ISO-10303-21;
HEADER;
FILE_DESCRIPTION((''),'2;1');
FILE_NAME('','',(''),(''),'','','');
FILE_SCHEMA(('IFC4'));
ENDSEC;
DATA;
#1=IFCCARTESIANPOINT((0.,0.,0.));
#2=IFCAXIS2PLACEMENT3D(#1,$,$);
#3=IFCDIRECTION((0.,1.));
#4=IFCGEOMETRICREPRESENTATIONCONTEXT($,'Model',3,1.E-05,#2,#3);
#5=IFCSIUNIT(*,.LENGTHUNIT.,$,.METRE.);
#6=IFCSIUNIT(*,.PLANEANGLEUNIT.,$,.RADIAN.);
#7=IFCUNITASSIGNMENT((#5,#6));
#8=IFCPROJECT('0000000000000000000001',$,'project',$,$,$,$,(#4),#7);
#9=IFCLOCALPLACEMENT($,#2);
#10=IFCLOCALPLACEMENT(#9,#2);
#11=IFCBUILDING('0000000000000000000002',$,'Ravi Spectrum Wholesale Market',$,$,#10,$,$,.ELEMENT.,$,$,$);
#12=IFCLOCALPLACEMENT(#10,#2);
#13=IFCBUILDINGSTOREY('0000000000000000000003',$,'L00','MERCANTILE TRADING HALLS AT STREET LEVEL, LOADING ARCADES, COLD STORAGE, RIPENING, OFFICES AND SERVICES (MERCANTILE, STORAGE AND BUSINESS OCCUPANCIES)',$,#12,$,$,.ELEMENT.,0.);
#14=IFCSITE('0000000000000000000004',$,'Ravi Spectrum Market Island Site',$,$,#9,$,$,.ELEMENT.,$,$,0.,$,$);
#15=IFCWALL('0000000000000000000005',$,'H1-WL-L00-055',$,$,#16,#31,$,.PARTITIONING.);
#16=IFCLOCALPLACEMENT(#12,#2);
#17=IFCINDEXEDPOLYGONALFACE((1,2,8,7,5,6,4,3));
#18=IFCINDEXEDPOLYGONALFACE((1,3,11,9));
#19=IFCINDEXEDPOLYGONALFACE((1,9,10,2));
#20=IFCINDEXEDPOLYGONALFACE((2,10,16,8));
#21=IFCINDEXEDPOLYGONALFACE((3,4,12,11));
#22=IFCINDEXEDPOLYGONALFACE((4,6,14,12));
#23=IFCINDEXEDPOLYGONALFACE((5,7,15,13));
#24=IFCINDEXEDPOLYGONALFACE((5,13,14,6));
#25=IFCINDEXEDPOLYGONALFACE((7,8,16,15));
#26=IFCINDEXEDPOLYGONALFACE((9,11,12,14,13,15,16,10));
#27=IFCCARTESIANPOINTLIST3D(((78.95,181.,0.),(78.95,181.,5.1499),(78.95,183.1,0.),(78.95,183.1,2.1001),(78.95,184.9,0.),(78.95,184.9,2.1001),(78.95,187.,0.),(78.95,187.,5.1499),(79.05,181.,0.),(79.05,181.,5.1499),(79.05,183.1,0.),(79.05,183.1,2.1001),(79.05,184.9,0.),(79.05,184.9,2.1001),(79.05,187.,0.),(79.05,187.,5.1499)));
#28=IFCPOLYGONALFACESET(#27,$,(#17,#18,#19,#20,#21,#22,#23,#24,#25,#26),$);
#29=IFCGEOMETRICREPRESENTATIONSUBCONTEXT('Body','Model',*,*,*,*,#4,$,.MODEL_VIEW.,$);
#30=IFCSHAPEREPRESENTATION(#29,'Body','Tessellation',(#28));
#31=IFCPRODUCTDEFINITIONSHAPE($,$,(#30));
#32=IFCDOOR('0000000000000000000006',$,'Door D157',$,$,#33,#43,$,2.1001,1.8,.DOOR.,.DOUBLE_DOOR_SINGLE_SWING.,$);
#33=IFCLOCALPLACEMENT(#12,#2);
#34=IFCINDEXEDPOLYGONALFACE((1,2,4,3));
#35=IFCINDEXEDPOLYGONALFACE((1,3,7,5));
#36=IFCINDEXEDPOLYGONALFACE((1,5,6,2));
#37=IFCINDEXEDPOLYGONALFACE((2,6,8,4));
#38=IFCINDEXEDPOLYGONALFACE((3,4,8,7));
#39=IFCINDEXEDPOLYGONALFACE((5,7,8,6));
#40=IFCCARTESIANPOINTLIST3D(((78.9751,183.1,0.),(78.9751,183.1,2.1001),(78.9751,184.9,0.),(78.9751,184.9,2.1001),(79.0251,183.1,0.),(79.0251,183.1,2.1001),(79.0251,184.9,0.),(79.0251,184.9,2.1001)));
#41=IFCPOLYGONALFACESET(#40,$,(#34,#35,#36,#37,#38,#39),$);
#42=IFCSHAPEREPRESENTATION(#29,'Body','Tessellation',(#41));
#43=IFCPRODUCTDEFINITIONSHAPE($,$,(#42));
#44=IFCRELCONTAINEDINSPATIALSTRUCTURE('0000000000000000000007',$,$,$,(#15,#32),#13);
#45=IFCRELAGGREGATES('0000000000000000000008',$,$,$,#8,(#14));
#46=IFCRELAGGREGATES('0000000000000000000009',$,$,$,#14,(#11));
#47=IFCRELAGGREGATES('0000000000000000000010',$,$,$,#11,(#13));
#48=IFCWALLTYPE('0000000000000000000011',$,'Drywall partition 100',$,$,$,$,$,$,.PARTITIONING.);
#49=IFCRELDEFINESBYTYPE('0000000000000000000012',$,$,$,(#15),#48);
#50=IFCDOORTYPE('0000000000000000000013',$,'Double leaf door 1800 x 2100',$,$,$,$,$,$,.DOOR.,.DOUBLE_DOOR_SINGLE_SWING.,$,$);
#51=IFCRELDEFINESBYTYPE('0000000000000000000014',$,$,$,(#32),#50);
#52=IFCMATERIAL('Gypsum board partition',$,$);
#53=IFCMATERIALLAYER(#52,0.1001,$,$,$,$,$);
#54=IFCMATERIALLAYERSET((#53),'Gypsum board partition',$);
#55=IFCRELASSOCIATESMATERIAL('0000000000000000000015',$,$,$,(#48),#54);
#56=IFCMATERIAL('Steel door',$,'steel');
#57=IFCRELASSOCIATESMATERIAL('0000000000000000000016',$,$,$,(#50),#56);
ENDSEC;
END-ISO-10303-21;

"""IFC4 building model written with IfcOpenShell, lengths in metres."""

from ifc_helpers import new_model, si_unit, direction, frame, frame_2d, origin, place, context, subcontext, project, spatial, rectangle, extrude, material, layer, layer_set, type_object, element, fill, save


model = new_model("IFC4")

# Units and contexts
model_context = context("Model", 3, precision=1e-05, world=origin(), true_north=direction((0.0, 1.0)))
body_context = subcontext(model_context, "Body", "Model", "MODEL_VIEW")
ifc_project = project(units=[si_unit("LENGTHUNIT", "METRE"), si_unit("PLANEANGLEUNIT", "RADIAN")], contexts=[model_context])

# Site, building, storey
site_placement = place(None, origin())
site = spatial("IfcSite", under=ifc_project, at=site_placement, Name="Ravi Spectrum Market Island Site", CompositionType="ELEMENT", RefElevation=0.0)
building_placement = place(site_placement, origin())
building = spatial("IfcBuilding", under=site, at=building_placement, Name="Ravi Spectrum Wholesale Market", CompositionType="ELEMENT")
storey_placement = place(building_placement, origin())
storey = spatial("IfcBuildingStorey", under=building, at=storey_placement, Name="L00", Description="MERCANTILE TRADING HALLS AT STREET LEVEL, LOADING ARCADES, COLD STORAGE, RIPENING, OFFICES AND SERVICES (MERCANTILE, STORAGE AND BUSINESS OCCUPANCIES)", CompositionType="ELEMENT", Elevation=0.0)

# Shared definitions
ifc_material_1 = material(Name="Gypsum board partition")
ifc_layer_1 = layer(ifc_material_1, 0.1001)
ifc_layer_set_1 = layer_set([ifc_layer_1], Name="Gypsum board partition")
wall_type_1 = type_object("IfcWallType", Name="Drywall partition 100", PredefinedType="PARTITIONING", material=ifc_layer_set_1)

# Wall, opening, door
ifc_material_2 = material(Name="Steel door", Category="steel")
door_type_1 = type_object("IfcDoorType", Name="Double leaf door 1800 x 2100", OperationType="DOUBLE_DOOR_SINGLE_SWING", PredefinedType="DOOR", material=ifc_material_2)
wall_1_placement = place(storey_placement, frame((79.0, 181.0, 0.0), z_axis=(0.0, 0.0, 1.0), x_axis=(0.0, 1.0, 0.0)))
wall_1 = element("IfcWall", 1, at=wall_1_placement, inside=storey, type_object=wall_type_1, Name="H1-WL-L00-055", PredefinedType="PARTITIONING", context=body_context, shape_type="SweptSolid", body=[
    extrude(rectangle(XDim=6.0, YDim=0.1001, at=frame_2d((3.0, 0.0))), origin(), (0.0, 0.0, 1.0), 5.1499),
])
opening_1_placement = place(wall_1_placement, frame((2.1001, 0.0, 0.0)))
opening_1 = element("IfcOpeningElement", 2, at=opening_1_placement, cuts=wall_1, PredefinedType="OPENING", context=body_context, shape_type="SweptSolid", body=[
    extrude(rectangle(XDim=1.8, YDim=2.1001, at=frame_2d((0.8999, 1.05))), frame((0.0, 0.0601, 0.0), z_axis=(0.0, -1.0, 0.0), x_axis=(1.0, 0.0, 0.0)), (0.0, 0.0, 1.0), 0.1201),
])
door_1_placement = place(opening_1_placement, origin())
door_1 = element("IfcDoor", 3, at=door_1_placement, inside=storey, type_object=door_type_1, Name="Door D157", OperationType="DOUBLE_DOOR_SINGLE_SWING", OverallHeight=2.1001, OverallWidth=1.8, PredefinedType="DOOR", context=body_context, shape_type="SweptSolid", body=[
    extrude(rectangle(XDim=1.8, YDim=2.1001, at=frame_2d((0.8999, 1.05))), frame((0.0, 0.0249, 0.0), z_axis=(0.0, -1.0, 0.0), x_axis=(1.0, 0.0, 0.0)), (0.0, 0.0, 1.0), 0.05),
])
fill(opening_1, door_1)

save(model, "model.ifc")
